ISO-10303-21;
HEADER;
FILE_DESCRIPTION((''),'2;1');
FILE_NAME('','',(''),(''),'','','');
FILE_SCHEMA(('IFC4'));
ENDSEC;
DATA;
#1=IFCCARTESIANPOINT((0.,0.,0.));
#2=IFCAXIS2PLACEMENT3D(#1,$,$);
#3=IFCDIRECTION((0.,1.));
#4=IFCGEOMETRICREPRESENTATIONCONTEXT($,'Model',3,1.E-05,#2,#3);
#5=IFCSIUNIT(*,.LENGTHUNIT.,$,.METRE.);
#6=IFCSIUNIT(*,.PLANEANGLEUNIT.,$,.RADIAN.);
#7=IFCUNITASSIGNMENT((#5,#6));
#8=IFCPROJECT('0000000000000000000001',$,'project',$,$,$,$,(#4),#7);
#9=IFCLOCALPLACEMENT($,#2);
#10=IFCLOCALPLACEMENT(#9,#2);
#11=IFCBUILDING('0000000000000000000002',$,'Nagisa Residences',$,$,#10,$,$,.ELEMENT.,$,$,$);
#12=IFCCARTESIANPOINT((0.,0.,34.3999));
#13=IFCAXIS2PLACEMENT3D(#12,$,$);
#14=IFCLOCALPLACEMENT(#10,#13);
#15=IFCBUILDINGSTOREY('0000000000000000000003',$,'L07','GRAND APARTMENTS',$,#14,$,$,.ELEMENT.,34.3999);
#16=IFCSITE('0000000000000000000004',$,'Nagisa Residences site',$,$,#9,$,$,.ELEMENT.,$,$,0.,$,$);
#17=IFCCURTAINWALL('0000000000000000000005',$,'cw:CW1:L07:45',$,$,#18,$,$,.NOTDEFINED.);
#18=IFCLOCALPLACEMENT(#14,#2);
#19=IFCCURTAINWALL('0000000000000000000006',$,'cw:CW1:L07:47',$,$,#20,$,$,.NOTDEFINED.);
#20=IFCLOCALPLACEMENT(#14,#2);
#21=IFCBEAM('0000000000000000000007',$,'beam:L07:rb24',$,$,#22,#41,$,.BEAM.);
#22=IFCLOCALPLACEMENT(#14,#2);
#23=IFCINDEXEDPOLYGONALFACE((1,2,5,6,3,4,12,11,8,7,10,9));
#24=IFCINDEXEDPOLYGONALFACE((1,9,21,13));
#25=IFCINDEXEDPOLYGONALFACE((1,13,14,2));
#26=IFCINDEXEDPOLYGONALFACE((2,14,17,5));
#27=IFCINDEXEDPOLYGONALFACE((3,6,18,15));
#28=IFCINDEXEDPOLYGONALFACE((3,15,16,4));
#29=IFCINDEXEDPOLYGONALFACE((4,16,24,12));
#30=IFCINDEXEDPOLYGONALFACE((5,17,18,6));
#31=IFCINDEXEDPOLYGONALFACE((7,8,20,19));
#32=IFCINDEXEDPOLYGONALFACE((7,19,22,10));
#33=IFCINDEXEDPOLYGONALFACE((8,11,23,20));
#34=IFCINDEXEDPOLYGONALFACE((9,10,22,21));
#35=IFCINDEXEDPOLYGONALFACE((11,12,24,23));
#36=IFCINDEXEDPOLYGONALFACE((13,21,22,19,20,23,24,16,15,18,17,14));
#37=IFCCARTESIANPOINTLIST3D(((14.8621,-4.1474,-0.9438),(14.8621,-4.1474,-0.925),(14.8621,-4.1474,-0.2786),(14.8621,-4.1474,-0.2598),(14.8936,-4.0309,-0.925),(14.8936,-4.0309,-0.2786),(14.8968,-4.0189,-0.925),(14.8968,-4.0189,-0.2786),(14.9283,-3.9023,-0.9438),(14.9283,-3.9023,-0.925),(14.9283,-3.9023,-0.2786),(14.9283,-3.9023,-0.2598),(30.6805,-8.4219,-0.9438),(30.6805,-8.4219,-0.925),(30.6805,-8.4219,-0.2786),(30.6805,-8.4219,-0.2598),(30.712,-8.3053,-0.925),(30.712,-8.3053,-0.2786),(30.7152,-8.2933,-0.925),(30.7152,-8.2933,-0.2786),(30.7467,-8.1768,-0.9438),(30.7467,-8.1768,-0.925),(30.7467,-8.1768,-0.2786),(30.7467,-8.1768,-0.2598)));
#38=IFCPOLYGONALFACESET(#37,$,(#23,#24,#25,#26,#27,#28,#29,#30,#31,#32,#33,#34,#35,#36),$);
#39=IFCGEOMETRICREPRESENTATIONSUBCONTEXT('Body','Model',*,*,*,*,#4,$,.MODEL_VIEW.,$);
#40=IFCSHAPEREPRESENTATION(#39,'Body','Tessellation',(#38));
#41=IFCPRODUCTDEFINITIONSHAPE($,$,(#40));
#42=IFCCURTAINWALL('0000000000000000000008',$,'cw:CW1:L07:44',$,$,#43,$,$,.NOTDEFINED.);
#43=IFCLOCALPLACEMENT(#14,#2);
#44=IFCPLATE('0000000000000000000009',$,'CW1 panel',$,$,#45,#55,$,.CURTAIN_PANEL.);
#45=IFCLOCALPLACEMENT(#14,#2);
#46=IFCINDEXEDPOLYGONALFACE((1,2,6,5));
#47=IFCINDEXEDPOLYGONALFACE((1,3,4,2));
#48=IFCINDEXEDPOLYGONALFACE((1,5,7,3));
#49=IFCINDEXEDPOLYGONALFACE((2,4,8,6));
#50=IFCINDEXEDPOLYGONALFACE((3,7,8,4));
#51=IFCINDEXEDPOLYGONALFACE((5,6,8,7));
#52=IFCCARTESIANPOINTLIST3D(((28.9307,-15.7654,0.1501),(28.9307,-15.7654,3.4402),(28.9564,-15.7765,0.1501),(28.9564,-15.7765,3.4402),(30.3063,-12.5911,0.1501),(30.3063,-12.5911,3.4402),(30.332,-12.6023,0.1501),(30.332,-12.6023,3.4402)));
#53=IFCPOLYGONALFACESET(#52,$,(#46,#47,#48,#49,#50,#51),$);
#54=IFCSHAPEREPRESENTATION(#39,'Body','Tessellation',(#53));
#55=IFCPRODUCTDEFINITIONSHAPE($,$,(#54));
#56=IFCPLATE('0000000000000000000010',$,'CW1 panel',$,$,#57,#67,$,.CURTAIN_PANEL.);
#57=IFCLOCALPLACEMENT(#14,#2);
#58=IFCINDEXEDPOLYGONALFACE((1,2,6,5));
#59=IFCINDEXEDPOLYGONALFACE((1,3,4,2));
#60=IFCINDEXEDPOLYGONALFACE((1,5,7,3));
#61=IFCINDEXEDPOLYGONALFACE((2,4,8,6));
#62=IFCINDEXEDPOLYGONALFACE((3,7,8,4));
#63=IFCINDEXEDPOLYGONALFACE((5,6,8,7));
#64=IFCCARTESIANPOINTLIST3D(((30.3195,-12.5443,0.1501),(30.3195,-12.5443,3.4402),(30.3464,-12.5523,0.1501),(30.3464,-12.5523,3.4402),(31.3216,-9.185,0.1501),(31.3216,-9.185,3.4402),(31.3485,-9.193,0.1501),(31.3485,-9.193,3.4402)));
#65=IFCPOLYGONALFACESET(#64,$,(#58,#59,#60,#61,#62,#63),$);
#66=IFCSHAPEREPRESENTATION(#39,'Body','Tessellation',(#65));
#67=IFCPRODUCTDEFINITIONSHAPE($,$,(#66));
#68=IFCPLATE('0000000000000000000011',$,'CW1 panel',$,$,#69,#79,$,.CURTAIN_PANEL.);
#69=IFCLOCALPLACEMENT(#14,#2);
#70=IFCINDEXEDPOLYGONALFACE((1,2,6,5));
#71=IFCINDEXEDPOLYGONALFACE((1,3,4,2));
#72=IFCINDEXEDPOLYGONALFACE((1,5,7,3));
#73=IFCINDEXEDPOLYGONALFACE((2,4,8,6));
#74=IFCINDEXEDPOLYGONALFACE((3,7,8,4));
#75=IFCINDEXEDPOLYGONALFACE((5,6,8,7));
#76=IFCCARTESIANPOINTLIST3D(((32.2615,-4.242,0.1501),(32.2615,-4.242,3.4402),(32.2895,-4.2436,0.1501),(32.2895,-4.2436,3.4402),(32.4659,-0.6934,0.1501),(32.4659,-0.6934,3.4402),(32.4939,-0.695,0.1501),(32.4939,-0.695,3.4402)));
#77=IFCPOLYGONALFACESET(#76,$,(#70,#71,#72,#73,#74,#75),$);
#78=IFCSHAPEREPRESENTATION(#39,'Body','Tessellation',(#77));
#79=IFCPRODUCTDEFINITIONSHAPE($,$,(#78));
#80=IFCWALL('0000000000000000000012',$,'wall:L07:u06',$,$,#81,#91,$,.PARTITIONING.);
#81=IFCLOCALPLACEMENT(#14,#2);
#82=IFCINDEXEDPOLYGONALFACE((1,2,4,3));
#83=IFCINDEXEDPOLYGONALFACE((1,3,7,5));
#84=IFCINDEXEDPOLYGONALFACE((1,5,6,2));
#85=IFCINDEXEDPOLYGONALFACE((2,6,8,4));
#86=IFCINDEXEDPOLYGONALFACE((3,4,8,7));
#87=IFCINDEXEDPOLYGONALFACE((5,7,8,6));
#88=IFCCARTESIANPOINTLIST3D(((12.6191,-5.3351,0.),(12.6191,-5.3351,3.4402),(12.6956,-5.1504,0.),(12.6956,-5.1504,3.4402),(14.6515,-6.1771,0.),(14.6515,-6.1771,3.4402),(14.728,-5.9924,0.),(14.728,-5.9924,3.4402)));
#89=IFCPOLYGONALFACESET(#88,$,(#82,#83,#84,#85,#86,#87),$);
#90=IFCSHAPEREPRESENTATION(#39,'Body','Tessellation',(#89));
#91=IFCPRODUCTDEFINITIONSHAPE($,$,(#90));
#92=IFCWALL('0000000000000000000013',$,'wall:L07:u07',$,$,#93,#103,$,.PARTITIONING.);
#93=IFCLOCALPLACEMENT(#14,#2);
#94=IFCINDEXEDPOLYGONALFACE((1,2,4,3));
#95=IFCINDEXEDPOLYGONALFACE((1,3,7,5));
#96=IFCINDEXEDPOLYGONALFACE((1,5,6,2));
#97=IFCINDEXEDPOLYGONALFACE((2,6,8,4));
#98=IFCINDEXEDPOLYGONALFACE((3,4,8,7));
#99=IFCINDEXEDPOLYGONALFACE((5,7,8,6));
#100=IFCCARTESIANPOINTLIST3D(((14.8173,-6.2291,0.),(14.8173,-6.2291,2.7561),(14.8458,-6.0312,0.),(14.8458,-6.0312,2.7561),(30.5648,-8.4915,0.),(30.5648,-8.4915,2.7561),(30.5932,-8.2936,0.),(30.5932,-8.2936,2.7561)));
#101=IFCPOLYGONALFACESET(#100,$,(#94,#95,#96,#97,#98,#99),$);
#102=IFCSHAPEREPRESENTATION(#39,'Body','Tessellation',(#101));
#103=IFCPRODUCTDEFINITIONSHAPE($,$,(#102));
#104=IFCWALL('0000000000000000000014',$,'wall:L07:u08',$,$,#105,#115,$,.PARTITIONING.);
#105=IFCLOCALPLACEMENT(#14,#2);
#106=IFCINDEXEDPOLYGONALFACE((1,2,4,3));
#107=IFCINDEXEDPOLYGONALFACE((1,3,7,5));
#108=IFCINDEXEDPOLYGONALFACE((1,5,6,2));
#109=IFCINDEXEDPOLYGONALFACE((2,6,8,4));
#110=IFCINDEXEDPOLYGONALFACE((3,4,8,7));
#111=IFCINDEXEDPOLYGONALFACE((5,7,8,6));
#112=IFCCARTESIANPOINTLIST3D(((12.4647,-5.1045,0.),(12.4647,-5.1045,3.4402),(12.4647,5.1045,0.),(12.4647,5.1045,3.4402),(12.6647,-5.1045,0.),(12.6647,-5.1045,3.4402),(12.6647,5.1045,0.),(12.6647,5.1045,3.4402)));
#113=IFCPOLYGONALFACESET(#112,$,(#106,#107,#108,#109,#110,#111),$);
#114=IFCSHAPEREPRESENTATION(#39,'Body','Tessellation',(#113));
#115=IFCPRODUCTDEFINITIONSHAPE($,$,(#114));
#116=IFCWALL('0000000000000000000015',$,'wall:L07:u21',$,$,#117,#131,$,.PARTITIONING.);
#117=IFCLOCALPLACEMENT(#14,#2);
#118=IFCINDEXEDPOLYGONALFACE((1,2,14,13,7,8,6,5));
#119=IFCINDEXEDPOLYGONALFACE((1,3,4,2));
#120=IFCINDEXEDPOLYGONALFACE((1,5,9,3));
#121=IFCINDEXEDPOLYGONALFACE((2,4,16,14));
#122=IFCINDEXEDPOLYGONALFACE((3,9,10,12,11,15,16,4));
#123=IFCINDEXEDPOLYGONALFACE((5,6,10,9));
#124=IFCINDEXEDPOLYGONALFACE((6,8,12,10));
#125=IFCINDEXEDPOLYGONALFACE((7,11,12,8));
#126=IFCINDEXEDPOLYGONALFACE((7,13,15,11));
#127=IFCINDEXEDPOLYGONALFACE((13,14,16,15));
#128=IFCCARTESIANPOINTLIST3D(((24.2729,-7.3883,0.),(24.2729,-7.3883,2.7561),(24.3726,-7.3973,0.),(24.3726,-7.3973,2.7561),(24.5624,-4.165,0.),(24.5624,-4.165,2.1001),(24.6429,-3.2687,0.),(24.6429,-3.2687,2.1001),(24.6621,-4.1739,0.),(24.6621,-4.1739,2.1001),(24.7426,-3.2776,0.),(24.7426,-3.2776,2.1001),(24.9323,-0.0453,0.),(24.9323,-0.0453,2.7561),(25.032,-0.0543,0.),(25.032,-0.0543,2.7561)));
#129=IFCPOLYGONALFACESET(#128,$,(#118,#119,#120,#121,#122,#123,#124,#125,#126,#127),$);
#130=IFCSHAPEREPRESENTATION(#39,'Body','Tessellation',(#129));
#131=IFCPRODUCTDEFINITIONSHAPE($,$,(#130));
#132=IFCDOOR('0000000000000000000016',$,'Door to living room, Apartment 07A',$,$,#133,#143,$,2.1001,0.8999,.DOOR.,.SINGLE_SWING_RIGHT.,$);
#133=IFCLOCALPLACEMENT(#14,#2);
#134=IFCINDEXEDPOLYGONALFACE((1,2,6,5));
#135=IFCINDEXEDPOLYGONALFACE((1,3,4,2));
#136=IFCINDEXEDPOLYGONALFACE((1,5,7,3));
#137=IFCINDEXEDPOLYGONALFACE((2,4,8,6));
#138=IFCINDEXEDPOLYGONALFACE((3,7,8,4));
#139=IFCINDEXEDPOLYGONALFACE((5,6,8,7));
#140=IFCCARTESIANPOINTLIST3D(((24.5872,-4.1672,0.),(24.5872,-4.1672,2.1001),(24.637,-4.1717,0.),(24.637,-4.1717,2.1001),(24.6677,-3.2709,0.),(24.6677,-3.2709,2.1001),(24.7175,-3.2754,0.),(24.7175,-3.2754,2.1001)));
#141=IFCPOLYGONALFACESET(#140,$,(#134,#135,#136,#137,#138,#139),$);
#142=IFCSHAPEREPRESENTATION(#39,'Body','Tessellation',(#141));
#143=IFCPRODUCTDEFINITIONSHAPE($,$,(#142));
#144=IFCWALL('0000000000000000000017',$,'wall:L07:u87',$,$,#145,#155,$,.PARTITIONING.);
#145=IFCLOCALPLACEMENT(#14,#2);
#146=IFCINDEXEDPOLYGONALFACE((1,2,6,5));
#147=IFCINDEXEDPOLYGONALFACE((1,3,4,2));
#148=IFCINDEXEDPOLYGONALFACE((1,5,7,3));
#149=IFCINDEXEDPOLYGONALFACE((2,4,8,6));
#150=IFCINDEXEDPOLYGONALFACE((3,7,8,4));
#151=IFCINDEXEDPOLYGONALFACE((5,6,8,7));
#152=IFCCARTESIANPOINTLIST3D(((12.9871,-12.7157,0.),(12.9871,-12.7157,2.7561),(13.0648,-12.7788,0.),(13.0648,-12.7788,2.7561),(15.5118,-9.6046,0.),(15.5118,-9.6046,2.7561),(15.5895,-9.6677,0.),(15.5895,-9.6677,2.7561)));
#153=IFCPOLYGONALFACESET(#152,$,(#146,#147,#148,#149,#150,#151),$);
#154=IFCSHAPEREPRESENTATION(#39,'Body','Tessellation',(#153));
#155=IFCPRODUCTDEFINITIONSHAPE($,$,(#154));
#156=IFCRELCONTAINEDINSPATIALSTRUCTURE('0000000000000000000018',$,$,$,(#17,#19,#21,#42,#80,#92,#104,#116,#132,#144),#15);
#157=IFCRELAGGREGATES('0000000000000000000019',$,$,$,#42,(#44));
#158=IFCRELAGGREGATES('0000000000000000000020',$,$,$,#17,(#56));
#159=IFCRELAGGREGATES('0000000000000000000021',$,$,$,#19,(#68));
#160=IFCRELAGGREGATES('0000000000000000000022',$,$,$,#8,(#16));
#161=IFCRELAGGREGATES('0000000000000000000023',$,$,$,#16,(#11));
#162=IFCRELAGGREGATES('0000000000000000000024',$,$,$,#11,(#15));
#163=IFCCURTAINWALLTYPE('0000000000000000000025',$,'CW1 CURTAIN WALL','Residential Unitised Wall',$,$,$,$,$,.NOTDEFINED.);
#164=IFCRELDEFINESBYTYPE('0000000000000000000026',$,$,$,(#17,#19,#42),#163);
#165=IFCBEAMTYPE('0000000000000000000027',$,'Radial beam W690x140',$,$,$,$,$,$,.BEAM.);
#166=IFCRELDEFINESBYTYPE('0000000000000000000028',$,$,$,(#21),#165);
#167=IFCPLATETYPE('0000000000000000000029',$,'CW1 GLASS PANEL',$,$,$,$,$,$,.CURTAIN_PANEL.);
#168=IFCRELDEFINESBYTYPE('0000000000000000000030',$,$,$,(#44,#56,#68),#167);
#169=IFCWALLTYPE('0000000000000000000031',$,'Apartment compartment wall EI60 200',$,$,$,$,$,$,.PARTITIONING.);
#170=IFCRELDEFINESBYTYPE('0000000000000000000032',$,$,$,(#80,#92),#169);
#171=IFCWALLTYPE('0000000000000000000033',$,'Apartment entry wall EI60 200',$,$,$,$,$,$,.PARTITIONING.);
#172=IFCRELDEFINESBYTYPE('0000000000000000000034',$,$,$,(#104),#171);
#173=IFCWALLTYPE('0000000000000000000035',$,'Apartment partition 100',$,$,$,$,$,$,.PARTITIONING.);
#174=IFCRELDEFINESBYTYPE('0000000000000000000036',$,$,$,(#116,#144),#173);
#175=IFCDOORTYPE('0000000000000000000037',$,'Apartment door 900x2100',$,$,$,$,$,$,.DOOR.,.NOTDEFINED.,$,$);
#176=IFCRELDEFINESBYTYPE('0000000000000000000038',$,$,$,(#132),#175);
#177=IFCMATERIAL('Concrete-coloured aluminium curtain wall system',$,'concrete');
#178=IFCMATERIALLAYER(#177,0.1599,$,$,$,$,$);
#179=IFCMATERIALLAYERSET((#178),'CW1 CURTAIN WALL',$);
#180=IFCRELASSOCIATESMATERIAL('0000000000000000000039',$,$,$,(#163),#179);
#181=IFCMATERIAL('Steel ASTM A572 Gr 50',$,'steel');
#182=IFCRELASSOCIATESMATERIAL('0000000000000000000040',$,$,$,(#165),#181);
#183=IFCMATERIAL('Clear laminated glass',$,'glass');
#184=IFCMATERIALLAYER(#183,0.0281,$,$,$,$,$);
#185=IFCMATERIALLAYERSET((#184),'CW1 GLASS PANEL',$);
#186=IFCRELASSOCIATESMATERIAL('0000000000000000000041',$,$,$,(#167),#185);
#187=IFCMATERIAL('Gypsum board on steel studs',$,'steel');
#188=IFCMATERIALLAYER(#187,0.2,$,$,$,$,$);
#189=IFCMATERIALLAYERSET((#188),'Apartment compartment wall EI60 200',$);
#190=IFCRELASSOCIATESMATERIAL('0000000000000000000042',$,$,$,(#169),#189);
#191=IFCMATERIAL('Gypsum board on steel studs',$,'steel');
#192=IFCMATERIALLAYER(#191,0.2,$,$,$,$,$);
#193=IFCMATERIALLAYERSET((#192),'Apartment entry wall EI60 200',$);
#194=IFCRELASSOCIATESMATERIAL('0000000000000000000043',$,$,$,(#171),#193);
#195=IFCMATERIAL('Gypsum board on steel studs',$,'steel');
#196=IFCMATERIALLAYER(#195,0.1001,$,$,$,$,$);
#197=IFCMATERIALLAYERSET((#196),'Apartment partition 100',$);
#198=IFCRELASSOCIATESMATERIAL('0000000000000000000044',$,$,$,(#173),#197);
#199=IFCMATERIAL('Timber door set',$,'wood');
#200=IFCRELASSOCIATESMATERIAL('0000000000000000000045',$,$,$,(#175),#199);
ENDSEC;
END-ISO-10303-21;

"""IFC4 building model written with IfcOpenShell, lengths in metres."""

from ifc_helpers import new_model, si_unit, direction, frame, frame_2d, origin, origin_2d, place, context, subcontext, project, spatial, rectangle, i_section, extrude, material, layer, layer_set, material_profile, profile_set, type_object, element, fill, aggregate, save


model = new_model("IFC4")

# Units and contexts
model_context = context("Model", 3, precision=1e-05, world=origin(), true_north=direction((0.0, 1.0)))
body_context = subcontext(model_context, "Body", "Model", "MODEL_VIEW")
ifc_project = project(units=[si_unit("LENGTHUNIT", "METRE"), si_unit("PLANEANGLEUNIT", "RADIAN")], contexts=[model_context])

# Site, building, storey
site_placement = place(None, origin())
site = spatial("IfcSite", under=ifc_project, at=site_placement, Name="Nagisa Residences site", CompositionType="ELEMENT", RefElevation=0.0)
building_placement = place(site_placement, origin())
building = spatial("IfcBuilding", under=site, at=building_placement, Name="Nagisa Residences", CompositionType="ELEMENT")
storey_placement = place(building_placement, frame((0.0, 0.0, 34.3999)))
storey = spatial("IfcBuildingStorey", under=building, at=storey_placement, Name="L07", Description="GRAND APARTMENTS", CompositionType="ELEMENT", Elevation=34.3999)

# Curtain walls
ifc_material_1 = material(Name="Concrete-coloured aluminium curtain wall system", Category="concrete")
ifc_layer_1 = layer(ifc_material_1, 0.1599)
ifc_layer_set_1 = layer_set([ifc_layer_1], Name="CW1 CURTAIN WALL")
curtain_wall_type = type_object("IfcCurtainWallType", Name="CW1 CURTAIN WALL", Description="Residential Unitised Wall", PredefinedType="NOTDEFINED", material=ifc_layer_set_1)
curtain_wall_1_placement = place(storey_placement, origin())
curtain_wall_1 = element("IfcCurtainWall", 1, at=curtain_wall_1_placement, inside=storey, type_object=curtain_wall_type, Name="cw:CW1:L07:45", PredefinedType="NOTDEFINED")
curtain_wall_2_placement = place(storey_placement, origin())
curtain_wall_2 = element("IfcCurtainWall", 2, at=curtain_wall_2_placement, inside=storey, type_object=curtain_wall_type, Name="cw:CW1:L07:47", PredefinedType="NOTDEFINED")

# Beam
ifc_material_2 = material(Name="Steel ASTM A572 Gr 50", Category="steel")
ifc_material_profile_1 = material_profile(ifc_material_2, i_section(OverallWidth=0.2539, OverallDepth=0.6841, WebThickness=0.0125, FlangeThickness=0.0188, at=origin_2d()), Name="W690x140")
ifc_profile_set_1 = profile_set([ifc_material_profile_1], Name="Steel ASTM A572 Gr 50")
beam_type_1 = type_object("IfcBeamType", Name="Radial beam W690x140", PredefinedType="BEAM", material=ifc_profile_set_1)
beam_1_placement = place(storey_placement, frame((30.7136, -8.2993, -0.6018), z_axis=(-0.965376, 0.260862, 0.0), x_axis=(-0.260862, -0.965376, 0.0)))
element("IfcBeam", 3, at=beam_1_placement, inside=storey, type_object=beam_type_1, Name="beam:L07:rb24", PredefinedType="BEAM", context=body_context, shape_type="SweptSolid", body=[
    extrude(i_section(OverallWidth=0.2539, OverallDepth=0.6841, WebThickness=0.0125, FlangeThickness=0.0188, at=origin_2d()), origin(), (0.0, 0.0, 1.0), 16.3857),
])

# Curtain wall, plate
curtain_wall_3_placement = place(storey_placement, origin())
curtain_wall_3 = element("IfcCurtainWall", 4, at=curtain_wall_3_placement, inside=storey, type_object=curtain_wall_type, Name="cw:CW1:L07:44", PredefinedType="NOTDEFINED")
ifc_material_3 = material(Name="Clear laminated glass", Category="glass")
ifc_layer_2 = layer(ifc_material_3, 0.0281)
ifc_layer_set_2 = layer_set([ifc_layer_2], Name="CW1 GLASS PANEL")
plate_type = type_object("IfcPlateType", Name="CW1 GLASS PANEL", PredefinedType="CURTAIN_PANEL", material=ifc_layer_set_2)
plate_1_placement = place(storey_placement, frame((29.6313, -14.1838, 0.1501), z_axis=(0.0, 0.0, 1.0), x_axis=(0.397636, 0.917543, 0.0)))
plate_1 = element("IfcPlate", 5, at=plate_1_placement, type_object=plate_type, Name="CW1 panel", PredefinedType="CURTAIN_PANEL", context=body_context, shape_type="SweptSolid", body=[
    extrude(rectangle(XDim=3.4595, YDim=0.0281, at=origin_2d()), origin(), (0.0, 0.0, 1.0), 3.29),
])
aggregate(curtain_wall_3, [plate_1])

# Plates
plate_2_placement = place(storey_placement, frame((30.834, -10.8687, 0.1501), z_axis=(0.0, 0.0, 1.0), x_axis=(0.28586, 0.958271, 0.0)))
plate_2 = element("IfcPlate", 6, at=plate_2_placement, type_object=plate_type, Name="CW1 panel", PredefinedType="CURTAIN_PANEL", context=body_context, shape_type="SweptSolid", body=[
    extrude(rectangle(XDim=3.5056, YDim=0.0281, at=origin_2d()), origin(), (0.0, 0.0, 1.0), 3.29),
])
aggregate(curtain_wall_1, [plate_2])
plate_3_placement = place(storey_placement, frame((32.3777, -2.4685, 0.1501), z_axis=(0.0, 0.0, 1.0), x_axis=(0.057503, 0.998345, 0.0)))
plate_3 = element("IfcPlate", 7, at=plate_3_placement, type_object=plate_type, Name="CW1 panel", PredefinedType="CURTAIN_PANEL", context=body_context, shape_type="SweptSolid", body=[
    extrude(rectangle(XDim=3.5544, YDim=0.0281, at=origin_2d()), origin(), (0.0, 0.0, 1.0), 3.29),
])
aggregate(curtain_wall_2, [plate_3])

# Walls
ifc_material_4 = material(Name="Gypsum board on steel studs", Category="steel")
ifc_layer_3 = layer(ifc_material_4, 0.2)
ifc_layer_set_3 = layer_set([ifc_layer_3], Name="Apartment compartment wall EI60 200")
wall_type_1 = type_object("IfcWallType", Name="Apartment compartment wall EI60 200", PredefinedType="PARTITIONING", material=ifc_layer_set_3)
wall_1_placement = place(storey_placement, frame((12.6572, -5.2427, 0.0), z_axis=(0.0, 0.0, 1.0), x_axis=(0.923853, -0.382747, 0.0)))
element("IfcWall", 8, at=wall_1_placement, inside=storey, type_object=wall_type_1, Name="wall:L07:u06", PredefinedType="PARTITIONING", context=body_context, shape_type="SweptSolid", body=[
    extrude(rectangle(XDim=2.2, YDim=0.2, at=frame_2d((1.1001, 0.0))), origin(), (0.0, 0.0, 1.0), 3.4402),
])
wall_2_placement = place(storey_placement, frame((14.8315, -6.1301, 0.0), z_axis=(0.0, 0.0, 1.0), x_axis=(0.989837, -0.14221, 0.0)))
element("IfcWall", 9, at=wall_2_placement, inside=storey, type_object=wall_type_1, Name="wall:L07:u07", PredefinedType="PARTITIONING", context=body_context, shape_type="SweptSolid", body=[
    extrude(rectangle(XDim=15.9092, YDim=0.2, at=frame_2d((7.9546, 0.0))), origin(), (0.0, 0.0, 1.0), 2.7561),
])
ifc_material_5 = material(Name="Gypsum board on steel studs", Category="steel")
ifc_layer_4 = layer(ifc_material_5, 0.2)
ifc_layer_set_4 = layer_set([ifc_layer_4], Name="Apartment entry wall EI60 200")
wall_type_2 = type_object("IfcWallType", Name="Apartment entry wall EI60 200", PredefinedType="PARTITIONING", material=ifc_layer_set_4)
wall_3_placement = place(storey_placement, frame((12.5647, -5.1045, 0.0), z_axis=(0.0, 0.0, 1.0), x_axis=(0.0, 1.0, 0.0)))
element("IfcWall", 10, at=wall_3_placement, inside=storey, type_object=wall_type_2, Name="wall:L07:u08", PredefinedType="PARTITIONING", context=body_context, shape_type="SweptSolid", body=[
    extrude(rectangle(XDim=10.209, YDim=0.2, at=frame_2d((5.1045, 0.0))), origin(), (0.0, 0.0, 1.0), 3.4402),
])

# Wall, opening, door
ifc_material_6 = material(Name="Gypsum board on steel studs", Category="steel")
ifc_layer_5 = layer(ifc_material_6, 0.1001)
ifc_layer_set_5 = layer_set([ifc_layer_5], Name="Apartment partition 100")
wall_type_3 = type_object("IfcWallType", Name="Apartment partition 100", PredefinedType="PARTITIONING", material=ifc_layer_set_5)
wall_4_placement = place(storey_placement, frame((24.9822, -0.0498, 0.0), z_axis=(0.0, 0.0, 1.0), x_axis=(-0.089443, -0.995992, 0.0)))
wall_4 = element("IfcWall", 11, at=wall_4_placement, inside=storey, type_object=wall_type_3, Name="wall:L07:u21", PredefinedType="PARTITIONING", context=body_context, shape_type="SweptSolid", body=[
    extrude(rectangle(XDim=7.3726, YDim=0.1001, at=frame_2d((3.6863, 0.0))), origin(), (0.0, 0.0, 1.0), 2.7561),
])
opening_1_placement = place(wall_4_placement, frame((3.2363, 0.0, 0.0)))
opening_1 = element("IfcOpeningElement", 12, at=opening_1_placement, cuts=wall_4, PredefinedType="OPENING", context=body_context, shape_type="SweptSolid", body=[
    extrude(rectangle(XDim=0.8999, YDim=2.1001, at=frame_2d((0.45, 1.05))), frame((0.0, 0.0601, 0.0), z_axis=(0.0, -1.0, 0.0), x_axis=(1.0, 0.0, 0.0)), (0.0, 0.0, 1.0), 0.1201),
])
ifc_material_7 = material(Name="Timber door set", Category="wood")
door_type_1 = type_object("IfcDoorType", Name="Apartment door 900x2100", OperationType="NOTDEFINED", PredefinedType="DOOR", material=ifc_material_7)
door_1_placement = place(opening_1_placement, origin())
door_1 = element("IfcDoor", 13, at=door_1_placement, inside=storey, type_object=door_type_1, Name="Door to living room, Apartment 07A", OperationType="SINGLE_SWING_RIGHT", OverallHeight=2.1001, OverallWidth=0.8999, PredefinedType="DOOR", context=body_context, shape_type="SweptSolid", body=[
    extrude(rectangle(XDim=0.8999, YDim=2.1001, at=frame_2d((0.45, 1.05))), frame((0.0, 0.0249, 0.0), z_axis=(0.0, -1.0, 0.0), x_axis=(1.0, 0.0, 0.0)), (0.0, 0.0, 1.0), 0.05),
])
fill(opening_1, door_1)

# Wall
wall_5_placement = place(storey_placement, frame((13.0259, -12.7473, 0.0), z_axis=(0.0, 0.0, 1.0), x_axis=(0.630127, 0.776492, 0.0)))
element("IfcWall", 14, at=wall_5_placement, inside=storey, type_object=wall_type_3, Name="wall:L07:u87", PredefinedType="PARTITIONING", context=body_context, shape_type="SweptSolid", body=[
    extrude(rectangle(XDim=4.0066, YDim=0.1001, at=frame_2d((2.0034, 0.0))), origin(), (0.0, 0.0, 1.0), 2.7561),
])

save(model, "model.ifc")
